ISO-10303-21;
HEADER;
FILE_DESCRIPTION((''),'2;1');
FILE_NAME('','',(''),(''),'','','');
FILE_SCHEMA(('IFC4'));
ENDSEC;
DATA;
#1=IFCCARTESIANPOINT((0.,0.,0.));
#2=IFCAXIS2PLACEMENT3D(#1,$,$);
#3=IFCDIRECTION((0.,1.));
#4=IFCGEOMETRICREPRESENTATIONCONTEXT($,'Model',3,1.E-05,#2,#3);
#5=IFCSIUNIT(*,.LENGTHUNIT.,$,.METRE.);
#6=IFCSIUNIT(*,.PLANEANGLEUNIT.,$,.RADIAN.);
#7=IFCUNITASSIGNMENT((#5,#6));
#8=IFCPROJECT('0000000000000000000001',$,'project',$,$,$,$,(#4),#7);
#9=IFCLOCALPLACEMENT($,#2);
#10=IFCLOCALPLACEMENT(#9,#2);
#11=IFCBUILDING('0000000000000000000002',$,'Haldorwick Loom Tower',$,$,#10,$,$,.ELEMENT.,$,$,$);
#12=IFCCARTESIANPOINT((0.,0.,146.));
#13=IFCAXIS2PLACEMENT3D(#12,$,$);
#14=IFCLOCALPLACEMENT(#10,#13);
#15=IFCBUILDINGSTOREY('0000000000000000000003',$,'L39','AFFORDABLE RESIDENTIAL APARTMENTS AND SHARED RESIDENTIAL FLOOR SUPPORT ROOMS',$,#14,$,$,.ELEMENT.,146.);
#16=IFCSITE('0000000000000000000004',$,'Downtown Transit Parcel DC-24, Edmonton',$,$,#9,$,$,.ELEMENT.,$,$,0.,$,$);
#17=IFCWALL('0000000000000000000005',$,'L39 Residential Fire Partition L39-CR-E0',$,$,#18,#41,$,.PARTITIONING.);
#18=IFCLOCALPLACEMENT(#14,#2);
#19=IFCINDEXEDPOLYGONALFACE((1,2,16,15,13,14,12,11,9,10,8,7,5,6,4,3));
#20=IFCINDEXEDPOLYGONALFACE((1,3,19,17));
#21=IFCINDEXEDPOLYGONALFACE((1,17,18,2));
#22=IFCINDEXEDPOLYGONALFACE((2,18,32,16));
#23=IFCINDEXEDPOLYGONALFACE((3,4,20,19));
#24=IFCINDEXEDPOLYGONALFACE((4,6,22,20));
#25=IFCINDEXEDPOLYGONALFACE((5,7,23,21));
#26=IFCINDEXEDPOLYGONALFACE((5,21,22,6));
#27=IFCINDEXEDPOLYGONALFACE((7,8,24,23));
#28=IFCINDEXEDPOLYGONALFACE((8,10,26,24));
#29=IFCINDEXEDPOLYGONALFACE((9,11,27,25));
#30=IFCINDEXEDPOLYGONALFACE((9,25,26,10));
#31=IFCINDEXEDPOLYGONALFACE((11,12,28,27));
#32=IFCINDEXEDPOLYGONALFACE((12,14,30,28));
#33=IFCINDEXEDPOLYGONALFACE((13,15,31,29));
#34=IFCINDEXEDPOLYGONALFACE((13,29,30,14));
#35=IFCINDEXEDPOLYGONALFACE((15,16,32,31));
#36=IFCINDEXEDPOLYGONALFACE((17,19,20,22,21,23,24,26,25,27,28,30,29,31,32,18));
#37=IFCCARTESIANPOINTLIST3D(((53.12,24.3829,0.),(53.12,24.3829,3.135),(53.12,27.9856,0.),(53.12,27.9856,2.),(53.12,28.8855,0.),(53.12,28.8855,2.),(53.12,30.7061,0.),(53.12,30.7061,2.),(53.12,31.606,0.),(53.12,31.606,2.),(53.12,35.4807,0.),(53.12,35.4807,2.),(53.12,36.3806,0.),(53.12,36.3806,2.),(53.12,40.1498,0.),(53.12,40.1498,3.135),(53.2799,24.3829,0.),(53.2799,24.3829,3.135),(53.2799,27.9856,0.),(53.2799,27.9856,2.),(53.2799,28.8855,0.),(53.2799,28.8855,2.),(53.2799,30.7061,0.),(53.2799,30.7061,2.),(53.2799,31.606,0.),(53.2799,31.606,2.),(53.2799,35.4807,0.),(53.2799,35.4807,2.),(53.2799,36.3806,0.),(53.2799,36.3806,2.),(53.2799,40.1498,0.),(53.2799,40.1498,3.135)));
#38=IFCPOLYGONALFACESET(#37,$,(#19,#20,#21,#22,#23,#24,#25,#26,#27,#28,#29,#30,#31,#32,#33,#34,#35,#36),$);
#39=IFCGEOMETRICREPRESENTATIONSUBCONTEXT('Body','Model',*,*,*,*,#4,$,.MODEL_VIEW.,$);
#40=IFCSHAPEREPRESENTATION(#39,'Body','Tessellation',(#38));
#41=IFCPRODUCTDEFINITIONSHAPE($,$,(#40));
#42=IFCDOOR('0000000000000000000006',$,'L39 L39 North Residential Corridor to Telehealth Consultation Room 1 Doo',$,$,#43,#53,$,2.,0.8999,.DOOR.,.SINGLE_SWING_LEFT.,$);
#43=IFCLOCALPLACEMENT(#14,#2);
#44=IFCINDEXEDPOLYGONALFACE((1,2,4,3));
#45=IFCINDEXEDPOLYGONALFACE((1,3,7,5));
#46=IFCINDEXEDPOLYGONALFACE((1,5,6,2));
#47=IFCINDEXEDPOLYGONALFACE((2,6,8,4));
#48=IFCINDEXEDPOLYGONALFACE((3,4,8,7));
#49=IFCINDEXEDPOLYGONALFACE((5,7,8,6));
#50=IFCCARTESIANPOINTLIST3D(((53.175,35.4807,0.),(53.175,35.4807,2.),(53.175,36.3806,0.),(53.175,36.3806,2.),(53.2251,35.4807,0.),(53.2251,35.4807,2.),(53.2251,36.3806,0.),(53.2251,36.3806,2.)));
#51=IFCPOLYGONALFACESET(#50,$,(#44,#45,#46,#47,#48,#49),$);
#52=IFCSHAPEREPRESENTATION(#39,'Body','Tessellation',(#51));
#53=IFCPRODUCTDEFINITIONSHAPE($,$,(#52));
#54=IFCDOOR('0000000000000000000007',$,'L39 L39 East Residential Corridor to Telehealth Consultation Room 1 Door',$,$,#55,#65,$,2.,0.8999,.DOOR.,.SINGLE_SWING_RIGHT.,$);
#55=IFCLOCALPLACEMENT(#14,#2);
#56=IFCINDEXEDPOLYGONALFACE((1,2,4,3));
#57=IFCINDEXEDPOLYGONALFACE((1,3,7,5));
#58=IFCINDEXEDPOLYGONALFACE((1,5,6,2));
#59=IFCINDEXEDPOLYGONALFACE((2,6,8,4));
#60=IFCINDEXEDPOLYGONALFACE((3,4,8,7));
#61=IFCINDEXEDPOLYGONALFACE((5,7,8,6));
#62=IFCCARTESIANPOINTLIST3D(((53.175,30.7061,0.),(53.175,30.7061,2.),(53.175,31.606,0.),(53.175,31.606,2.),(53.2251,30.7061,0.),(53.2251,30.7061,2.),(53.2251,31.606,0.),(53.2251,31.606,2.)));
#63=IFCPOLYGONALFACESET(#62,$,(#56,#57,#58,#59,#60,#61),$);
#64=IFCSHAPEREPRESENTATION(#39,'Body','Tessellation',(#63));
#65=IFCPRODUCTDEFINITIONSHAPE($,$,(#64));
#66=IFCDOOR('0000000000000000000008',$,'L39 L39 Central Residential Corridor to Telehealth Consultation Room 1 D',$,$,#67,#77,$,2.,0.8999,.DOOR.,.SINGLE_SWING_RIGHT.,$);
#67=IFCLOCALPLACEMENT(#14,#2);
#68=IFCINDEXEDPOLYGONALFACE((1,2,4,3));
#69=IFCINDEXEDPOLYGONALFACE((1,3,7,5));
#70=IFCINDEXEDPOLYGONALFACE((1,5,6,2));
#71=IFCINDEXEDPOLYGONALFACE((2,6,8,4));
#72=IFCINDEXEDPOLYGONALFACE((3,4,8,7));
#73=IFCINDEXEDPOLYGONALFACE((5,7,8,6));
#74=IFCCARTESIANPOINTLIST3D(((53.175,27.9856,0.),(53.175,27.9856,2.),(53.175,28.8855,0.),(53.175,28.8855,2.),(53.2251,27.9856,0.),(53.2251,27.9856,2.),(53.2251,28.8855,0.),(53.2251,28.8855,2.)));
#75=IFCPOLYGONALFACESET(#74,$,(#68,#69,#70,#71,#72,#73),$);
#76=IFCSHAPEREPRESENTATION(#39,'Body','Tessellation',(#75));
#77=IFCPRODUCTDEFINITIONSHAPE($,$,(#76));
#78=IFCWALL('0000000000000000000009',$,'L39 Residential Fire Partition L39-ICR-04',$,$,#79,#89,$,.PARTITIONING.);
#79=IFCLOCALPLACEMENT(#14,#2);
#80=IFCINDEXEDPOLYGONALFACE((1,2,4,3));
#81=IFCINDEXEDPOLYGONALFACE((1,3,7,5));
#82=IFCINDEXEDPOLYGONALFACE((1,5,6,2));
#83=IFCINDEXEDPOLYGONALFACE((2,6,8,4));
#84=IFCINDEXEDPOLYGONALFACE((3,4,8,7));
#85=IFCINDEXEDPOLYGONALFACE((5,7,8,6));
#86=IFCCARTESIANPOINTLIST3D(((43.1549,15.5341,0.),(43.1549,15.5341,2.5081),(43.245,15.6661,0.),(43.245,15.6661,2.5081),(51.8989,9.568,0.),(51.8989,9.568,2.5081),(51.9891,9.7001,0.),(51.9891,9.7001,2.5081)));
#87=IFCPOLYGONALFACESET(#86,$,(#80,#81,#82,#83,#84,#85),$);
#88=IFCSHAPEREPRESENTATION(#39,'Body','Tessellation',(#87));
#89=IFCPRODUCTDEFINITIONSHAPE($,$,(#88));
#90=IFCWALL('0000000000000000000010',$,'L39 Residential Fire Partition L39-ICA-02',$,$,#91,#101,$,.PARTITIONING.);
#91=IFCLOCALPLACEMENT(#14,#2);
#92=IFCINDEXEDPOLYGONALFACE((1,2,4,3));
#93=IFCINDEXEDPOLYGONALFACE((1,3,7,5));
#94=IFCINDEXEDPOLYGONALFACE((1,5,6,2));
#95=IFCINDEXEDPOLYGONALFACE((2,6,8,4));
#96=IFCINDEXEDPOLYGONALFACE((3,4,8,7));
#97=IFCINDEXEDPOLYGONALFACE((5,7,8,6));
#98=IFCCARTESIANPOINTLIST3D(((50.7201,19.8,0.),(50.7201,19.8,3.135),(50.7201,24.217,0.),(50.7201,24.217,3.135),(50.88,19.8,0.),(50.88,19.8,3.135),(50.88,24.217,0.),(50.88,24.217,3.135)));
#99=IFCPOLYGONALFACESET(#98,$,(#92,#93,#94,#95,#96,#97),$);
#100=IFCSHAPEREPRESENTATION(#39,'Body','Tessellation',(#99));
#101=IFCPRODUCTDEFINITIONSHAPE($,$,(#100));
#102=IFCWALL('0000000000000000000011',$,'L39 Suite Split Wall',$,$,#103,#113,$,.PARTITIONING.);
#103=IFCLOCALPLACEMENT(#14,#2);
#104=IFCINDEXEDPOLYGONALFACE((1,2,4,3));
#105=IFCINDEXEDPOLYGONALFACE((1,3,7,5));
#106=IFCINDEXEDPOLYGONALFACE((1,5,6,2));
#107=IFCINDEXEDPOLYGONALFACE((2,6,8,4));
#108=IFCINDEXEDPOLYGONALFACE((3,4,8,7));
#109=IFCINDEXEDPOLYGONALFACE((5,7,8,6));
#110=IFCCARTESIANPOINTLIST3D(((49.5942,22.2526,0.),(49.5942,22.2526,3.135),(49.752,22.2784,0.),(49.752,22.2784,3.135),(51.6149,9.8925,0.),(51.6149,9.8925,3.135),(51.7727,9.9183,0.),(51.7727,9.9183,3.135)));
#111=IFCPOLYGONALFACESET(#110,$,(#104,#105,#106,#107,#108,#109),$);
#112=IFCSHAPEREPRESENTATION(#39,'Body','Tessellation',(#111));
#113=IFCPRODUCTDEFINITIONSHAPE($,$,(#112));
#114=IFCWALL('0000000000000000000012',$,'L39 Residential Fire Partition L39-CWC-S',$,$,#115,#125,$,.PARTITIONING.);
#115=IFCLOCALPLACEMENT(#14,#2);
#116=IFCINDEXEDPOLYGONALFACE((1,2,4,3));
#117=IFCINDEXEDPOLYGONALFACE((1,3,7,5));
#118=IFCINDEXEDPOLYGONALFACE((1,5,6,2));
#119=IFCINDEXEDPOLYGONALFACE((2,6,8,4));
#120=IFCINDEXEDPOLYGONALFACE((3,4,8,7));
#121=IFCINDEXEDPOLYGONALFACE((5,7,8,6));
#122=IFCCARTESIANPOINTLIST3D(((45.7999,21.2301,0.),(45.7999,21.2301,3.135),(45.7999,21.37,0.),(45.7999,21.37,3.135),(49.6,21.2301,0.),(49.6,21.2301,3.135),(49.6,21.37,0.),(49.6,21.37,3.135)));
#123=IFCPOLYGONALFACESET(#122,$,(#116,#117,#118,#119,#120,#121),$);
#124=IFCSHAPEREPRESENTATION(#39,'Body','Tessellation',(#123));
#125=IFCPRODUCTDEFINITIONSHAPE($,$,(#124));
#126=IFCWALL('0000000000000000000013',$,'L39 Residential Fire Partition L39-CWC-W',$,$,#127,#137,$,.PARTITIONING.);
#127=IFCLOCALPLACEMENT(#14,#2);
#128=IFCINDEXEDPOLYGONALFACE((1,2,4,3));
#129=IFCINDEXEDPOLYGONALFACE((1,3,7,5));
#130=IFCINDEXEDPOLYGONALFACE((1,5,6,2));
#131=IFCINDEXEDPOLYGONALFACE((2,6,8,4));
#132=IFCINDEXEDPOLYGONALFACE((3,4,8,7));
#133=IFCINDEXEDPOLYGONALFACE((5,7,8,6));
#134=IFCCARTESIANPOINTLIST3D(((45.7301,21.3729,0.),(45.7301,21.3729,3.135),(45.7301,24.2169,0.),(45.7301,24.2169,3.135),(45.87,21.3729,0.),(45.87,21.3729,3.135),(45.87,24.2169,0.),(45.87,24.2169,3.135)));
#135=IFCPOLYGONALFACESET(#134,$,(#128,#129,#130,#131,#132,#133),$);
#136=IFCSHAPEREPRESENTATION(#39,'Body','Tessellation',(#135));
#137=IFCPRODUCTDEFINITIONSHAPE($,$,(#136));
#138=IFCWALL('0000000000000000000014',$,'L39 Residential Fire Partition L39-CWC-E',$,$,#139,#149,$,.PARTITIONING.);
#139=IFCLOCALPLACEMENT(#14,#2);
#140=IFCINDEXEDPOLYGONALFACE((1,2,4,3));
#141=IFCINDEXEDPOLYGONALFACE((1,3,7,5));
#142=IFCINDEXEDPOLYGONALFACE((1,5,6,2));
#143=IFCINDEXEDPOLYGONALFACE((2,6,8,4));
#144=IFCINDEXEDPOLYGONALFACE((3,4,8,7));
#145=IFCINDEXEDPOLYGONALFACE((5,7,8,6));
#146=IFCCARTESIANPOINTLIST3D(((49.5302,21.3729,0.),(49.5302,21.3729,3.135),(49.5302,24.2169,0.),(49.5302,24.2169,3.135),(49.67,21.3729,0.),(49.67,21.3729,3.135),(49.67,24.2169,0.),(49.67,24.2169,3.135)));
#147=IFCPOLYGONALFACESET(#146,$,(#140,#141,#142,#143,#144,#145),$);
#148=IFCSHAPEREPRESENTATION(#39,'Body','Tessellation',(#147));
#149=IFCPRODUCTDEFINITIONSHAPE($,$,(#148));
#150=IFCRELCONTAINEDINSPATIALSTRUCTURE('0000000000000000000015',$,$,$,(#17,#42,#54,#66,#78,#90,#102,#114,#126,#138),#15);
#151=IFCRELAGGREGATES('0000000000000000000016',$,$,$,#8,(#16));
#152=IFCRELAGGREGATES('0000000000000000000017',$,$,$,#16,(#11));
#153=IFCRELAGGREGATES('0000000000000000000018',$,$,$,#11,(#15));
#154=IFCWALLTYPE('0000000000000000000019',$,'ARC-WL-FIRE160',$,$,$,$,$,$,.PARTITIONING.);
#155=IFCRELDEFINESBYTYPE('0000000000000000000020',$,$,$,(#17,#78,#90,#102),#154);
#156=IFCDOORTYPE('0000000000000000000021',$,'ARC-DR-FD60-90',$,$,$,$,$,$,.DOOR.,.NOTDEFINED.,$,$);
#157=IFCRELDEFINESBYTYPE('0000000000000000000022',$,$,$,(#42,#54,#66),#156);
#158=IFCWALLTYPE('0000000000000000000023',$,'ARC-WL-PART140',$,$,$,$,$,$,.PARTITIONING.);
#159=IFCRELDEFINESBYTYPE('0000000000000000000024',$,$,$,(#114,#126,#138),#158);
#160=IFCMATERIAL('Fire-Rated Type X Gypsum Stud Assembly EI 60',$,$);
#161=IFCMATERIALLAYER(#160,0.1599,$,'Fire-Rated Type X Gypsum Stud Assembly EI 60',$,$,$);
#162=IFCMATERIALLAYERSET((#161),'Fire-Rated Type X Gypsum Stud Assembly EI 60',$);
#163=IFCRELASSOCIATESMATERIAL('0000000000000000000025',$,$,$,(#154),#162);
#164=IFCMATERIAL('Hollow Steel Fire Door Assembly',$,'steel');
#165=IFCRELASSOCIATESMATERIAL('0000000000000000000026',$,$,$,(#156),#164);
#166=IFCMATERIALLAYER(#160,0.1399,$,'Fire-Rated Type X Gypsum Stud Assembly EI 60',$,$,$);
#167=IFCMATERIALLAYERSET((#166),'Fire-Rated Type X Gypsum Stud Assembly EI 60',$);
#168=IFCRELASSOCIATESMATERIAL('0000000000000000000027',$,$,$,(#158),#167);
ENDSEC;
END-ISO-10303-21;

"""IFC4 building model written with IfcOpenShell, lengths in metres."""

from ifc_helpers import new_model, si_unit, direction, frame, frame_2d, origin, place, context, subcontext, project, spatial, rectangle, extrude, material, layer, layer_set, type_object, element, fill, save


model = new_model("IFC4")

# Units and contexts
model_context = context("Model", 3, precision=1e-05, world=origin(), true_north=direction((0.0, 1.0)))
body_context = subcontext(model_context, "Body", "Model", "MODEL_VIEW")
ifc_project = project(units=[si_unit("LENGTHUNIT", "METRE"), si_unit("PLANEANGLEUNIT", "RADIAN")], contexts=[model_context])

# Site, building, storey
site_placement = place(None, origin())
site = spatial("IfcSite", under=ifc_project, at=site_placement, Name="Downtown Transit Parcel DC-24, Edmonton", CompositionType="ELEMENT", RefElevation=0.0)
building_placement = place(site_placement, origin())
building = spatial("IfcBuilding", under=site, at=building_placement, Name="Haldorwick Loom Tower", CompositionType="ELEMENT")
storey_placement = place(building_placement, frame((0.0, 0.0, 146.0)))
storey = spatial("IfcBuildingStorey", under=building, at=storey_placement, Name="L39", Description="AFFORDABLE RESIDENTIAL APARTMENTS AND SHARED RESIDENTIAL FLOOR SUPPORT ROOMS", CompositionType="ELEMENT", Elevation=146.0)

# Wall, openings, doors
ifc_material_1 = material(Name="Fire-Rated Type X Gypsum Stud Assembly EI 60")
ifc_layer_1 = layer(ifc_material_1, 0.1599, Name="Fire-Rated Type X Gypsum Stud Assembly EI 60")
ifc_layer_set_1 = layer_set([ifc_layer_1], Name="Fire-Rated Type X Gypsum Stud Assembly EI 60")
wall_type_1 = type_object("IfcWallType", Name="ARC-WL-FIRE160", PredefinedType="PARTITIONING", material=ifc_layer_set_1)
wall_1_placement = place(storey_placement, frame((53.2, 24.3831, 0.0), z_axis=(0.0, 0.0, 1.0), x_axis=(0.0, 1.0, 0.0)))
wall_1 = element("IfcWall", 1, at=wall_1_placement, inside=storey, type_object=wall_type_1, Name="L39 Residential Fire Partition L39-CR-E0", PredefinedType="PARTITIONING", context=body_context, shape_type="SweptSolid", body=[
    extrude(rectangle(XDim=15.7668, YDim=0.1599, at=frame_2d((7.8833, 0.0))), origin(), (0.0, 0.0, 1.0), 3.135),
])
opening_1_placement = place(wall_1_placement, frame((11.0977, 0.0, 0.0)))
opening_1 = element("IfcOpeningElement", 2, at=opening_1_placement, cuts=wall_1, PredefinedType="OPENING", context=body_context, shape_type="SweptSolid", body=[
    extrude(rectangle(XDim=0.8999, YDim=2.0, at=frame_2d((0.45, 1.0))), frame((0.0, 0.0898, 0.0), z_axis=(0.0, -1.0, 0.0), x_axis=(1.0, 0.0, 0.0)), (0.0, 0.0, 1.0), 0.1799),
])
opening_2_placement = place(wall_1_placement, frame((6.323, 0.0, 0.0)))
opening_2 = element("IfcOpeningElement", 3, at=opening_2_placement, cuts=wall_1, PredefinedType="OPENING", context=body_context, shape_type="SweptSolid", body=[
    extrude(rectangle(XDim=0.8999, YDim=2.0, at=frame_2d((0.45, 1.0))), frame((0.0, 0.0898, 0.0), z_axis=(0.0, -1.0, 0.0), x_axis=(1.0, 0.0, 0.0)), (0.0, 0.0, 1.0), 0.1799),
])
opening_3_placement = place(wall_1_placement, frame((3.6025, 0.0, 0.0)))
opening_3 = element("IfcOpeningElement", 4, at=opening_3_placement, cuts=wall_1, PredefinedType="OPENING", context=body_context, shape_type="SweptSolid", body=[
    extrude(rectangle(XDim=0.8999, YDim=2.0, at=frame_2d((0.45, 1.0))), frame((0.0, 0.0898, 0.0), z_axis=(0.0, -1.0, 0.0), x_axis=(1.0, 0.0, 0.0)), (0.0, 0.0, 1.0), 0.1799),
])
ifc_material_2 = material(Name="Hollow Steel Fire Door Assembly", Category="steel")
door_type_1 = type_object("IfcDoorType", Name="ARC-DR-FD60-90", OperationType="NOTDEFINED", PredefinedType="DOOR", material=ifc_material_2)
door_1_placement = place(opening_1_placement, origin())
door_1 = element("IfcDoor", 5, at=door_1_placement, inside=storey, type_object=door_type_1, Name="L39 L39 North Residential Corridor to Telehealth Consultation Room 1 Doo", OperationType="SINGLE_SWING_LEFT", OverallHeight=2.0, OverallWidth=0.8999, PredefinedType="DOOR", context=body_context, shape_type="SweptSolid", body=[
    extrude(rectangle(XDim=0.8999, YDim=2.0, at=frame_2d((0.45, 1.0))), frame((0.0, 0.0249, 0.0), z_axis=(0.0, -1.0, 0.0), x_axis=(1.0, 0.0, 0.0)), (0.0, 0.0, 1.0), 0.05),
])
fill(opening_1, door_1)
door_2_placement = place(opening_2_placement, origin())
door_2 = element("IfcDoor", 6, at=door_2_placement, inside=storey, type_object=door_type_1, Name="L39 L39 East Residential Corridor to Telehealth Consultation Room 1 Door", OperationType="SINGLE_SWING_RIGHT", OverallHeight=2.0, OverallWidth=0.8999, PredefinedType="DOOR", context=body_context, shape_type="SweptSolid", body=[
    extrude(rectangle(XDim=0.8999, YDim=2.0, at=frame_2d((0.45, 1.0))), frame((0.0, 0.0249, 0.0), z_axis=(0.0, -1.0, 0.0), x_axis=(1.0, 0.0, 0.0)), (0.0, 0.0, 1.0), 0.05),
])
fill(opening_2, door_2)
door_3_placement = place(opening_3_placement, origin())
door_3 = element("IfcDoor", 7, at=door_3_placement, inside=storey, type_object=door_type_1, Name="L39 L39 Central Residential Corridor to Telehealth Consultation Room 1 D", OperationType="SINGLE_SWING_RIGHT", OverallHeight=2.0, OverallWidth=0.8999, PredefinedType="DOOR", context=body_context, shape_type="SweptSolid", body=[
    extrude(rectangle(XDim=0.8999, YDim=2.0, at=frame_2d((0.45, 1.0))), frame((0.0, 0.0249, 0.0), z_axis=(0.0, -1.0, 0.0), x_axis=(1.0, 0.0, 0.0)), (0.0, 0.0, 1.0), 0.05),
])
fill(opening_3, door_3)

# Walls
wall_2_placement = place(storey_placement, frame((43.2, 15.6001, 0.0), z_axis=(0.0, 0.0, 1.0), x_axis=(0.826045, -0.563604, 0.0)))
element("IfcWall", 8, at=wall_2_placement, inside=storey, type_object=wall_type_1, Name="L39 Residential Fire Partition L39-ICR-04", PredefinedType="PARTITIONING", context=body_context, shape_type="SweptSolid", body=[
    extrude(rectangle(XDim=10.5854, YDim=0.1599, at=frame_2d((5.2927, 0.0))), origin(), (0.0, 0.0, 1.0), 2.5081),
])
wall_3_placement = place(storey_placement, frame((50.8, 24.217, 0.0), z_axis=(0.0, 0.0, 1.0), x_axis=(0.0, -1.0, 0.0)))
element("IfcWall", 9, at=wall_3_placement, inside=storey, type_object=wall_type_1, Name="L39 Residential Fire Partition L39-ICA-02", PredefinedType="PARTITIONING", context=body_context, shape_type="SweptSolid", body=[
    extrude(rectangle(XDim=4.417, YDim=0.1599, at=frame_2d((2.2085, 0.0))), origin(), (0.0, 0.0, 1.0), 3.135),
])
wall_4_placement = place(storey_placement, frame((51.6938, 9.9053, 0.0), z_axis=(0.0, 0.0, 1.0), x_axis=(-0.161348, 0.986898, 0.0)))
element("IfcWall", 10, at=wall_4_placement, inside=storey, type_object=wall_type_1, Name="L39 Suite Split Wall", PredefinedType="PARTITIONING", context=body_context, shape_type="SweptSolid", body=[
    extrude(rectangle(XDim=12.5242, YDim=0.1599, at=frame_2d((6.2622, 0.0))), origin(), (0.0, 0.0, 1.0), 3.135),
])
ifc_layer_2 = layer(ifc_material_1, 0.1399, Name="Fire-Rated Type X Gypsum Stud Assembly EI 60")
ifc_layer_set_2 = layer_set([ifc_layer_2], Name="Fire-Rated Type X Gypsum Stud Assembly EI 60")
wall_type_2 = type_object("IfcWallType", Name="ARC-WL-PART140", PredefinedType="PARTITIONING", material=ifc_layer_set_2)
wall_5_placement = place(storey_placement, frame((45.8, 21.3, 0.0), z_axis=(0.0, 0.0, 1.0), x_axis=(1.0, 0.0, 0.0)))
element("IfcWall", 11, at=wall_5_placement, inside=storey, type_object=wall_type_2, Name="L39 Residential Fire Partition L39-CWC-S", PredefinedType="PARTITIONING", context=body_context, shape_type="SweptSolid", body=[
    extrude(rectangle(XDim=3.8, YDim=0.1399, at=frame_2d((1.8999, 0.0))), origin(), (0.0, 0.0, 1.0), 3.135),
])
for number, where, z_axis, x_axis, name in (
    (12, (45.8, 21.373, 0.0), (0.0, 0.0, 1.0), (0.0, 1.0, 0.0), "L39 Residential Fire Partition L39-CWC-W"),
    (13, (49.6001, 21.373, 0.0), (0.0, 0.0, 1.0), (0.0, 1.0, 0.0), "L39 Residential Fire Partition L39-CWC-E"),
):
    element("IfcWall", number, at=place(storey_placement, frame(where, z_axis=z_axis, x_axis=x_axis)), inside=storey, type_object=wall_type_2, Name=name, PredefinedType="PARTITIONING", context=body_context, shape_type="SweptSolid", body=[
        extrude(rectangle(XDim=2.844, YDim=0.1399, at=frame_2d((1.4219, 0.0))), origin(), (0.0, 0.0, 1.0), 3.135),
    ])

save(model, "model.ifc")
